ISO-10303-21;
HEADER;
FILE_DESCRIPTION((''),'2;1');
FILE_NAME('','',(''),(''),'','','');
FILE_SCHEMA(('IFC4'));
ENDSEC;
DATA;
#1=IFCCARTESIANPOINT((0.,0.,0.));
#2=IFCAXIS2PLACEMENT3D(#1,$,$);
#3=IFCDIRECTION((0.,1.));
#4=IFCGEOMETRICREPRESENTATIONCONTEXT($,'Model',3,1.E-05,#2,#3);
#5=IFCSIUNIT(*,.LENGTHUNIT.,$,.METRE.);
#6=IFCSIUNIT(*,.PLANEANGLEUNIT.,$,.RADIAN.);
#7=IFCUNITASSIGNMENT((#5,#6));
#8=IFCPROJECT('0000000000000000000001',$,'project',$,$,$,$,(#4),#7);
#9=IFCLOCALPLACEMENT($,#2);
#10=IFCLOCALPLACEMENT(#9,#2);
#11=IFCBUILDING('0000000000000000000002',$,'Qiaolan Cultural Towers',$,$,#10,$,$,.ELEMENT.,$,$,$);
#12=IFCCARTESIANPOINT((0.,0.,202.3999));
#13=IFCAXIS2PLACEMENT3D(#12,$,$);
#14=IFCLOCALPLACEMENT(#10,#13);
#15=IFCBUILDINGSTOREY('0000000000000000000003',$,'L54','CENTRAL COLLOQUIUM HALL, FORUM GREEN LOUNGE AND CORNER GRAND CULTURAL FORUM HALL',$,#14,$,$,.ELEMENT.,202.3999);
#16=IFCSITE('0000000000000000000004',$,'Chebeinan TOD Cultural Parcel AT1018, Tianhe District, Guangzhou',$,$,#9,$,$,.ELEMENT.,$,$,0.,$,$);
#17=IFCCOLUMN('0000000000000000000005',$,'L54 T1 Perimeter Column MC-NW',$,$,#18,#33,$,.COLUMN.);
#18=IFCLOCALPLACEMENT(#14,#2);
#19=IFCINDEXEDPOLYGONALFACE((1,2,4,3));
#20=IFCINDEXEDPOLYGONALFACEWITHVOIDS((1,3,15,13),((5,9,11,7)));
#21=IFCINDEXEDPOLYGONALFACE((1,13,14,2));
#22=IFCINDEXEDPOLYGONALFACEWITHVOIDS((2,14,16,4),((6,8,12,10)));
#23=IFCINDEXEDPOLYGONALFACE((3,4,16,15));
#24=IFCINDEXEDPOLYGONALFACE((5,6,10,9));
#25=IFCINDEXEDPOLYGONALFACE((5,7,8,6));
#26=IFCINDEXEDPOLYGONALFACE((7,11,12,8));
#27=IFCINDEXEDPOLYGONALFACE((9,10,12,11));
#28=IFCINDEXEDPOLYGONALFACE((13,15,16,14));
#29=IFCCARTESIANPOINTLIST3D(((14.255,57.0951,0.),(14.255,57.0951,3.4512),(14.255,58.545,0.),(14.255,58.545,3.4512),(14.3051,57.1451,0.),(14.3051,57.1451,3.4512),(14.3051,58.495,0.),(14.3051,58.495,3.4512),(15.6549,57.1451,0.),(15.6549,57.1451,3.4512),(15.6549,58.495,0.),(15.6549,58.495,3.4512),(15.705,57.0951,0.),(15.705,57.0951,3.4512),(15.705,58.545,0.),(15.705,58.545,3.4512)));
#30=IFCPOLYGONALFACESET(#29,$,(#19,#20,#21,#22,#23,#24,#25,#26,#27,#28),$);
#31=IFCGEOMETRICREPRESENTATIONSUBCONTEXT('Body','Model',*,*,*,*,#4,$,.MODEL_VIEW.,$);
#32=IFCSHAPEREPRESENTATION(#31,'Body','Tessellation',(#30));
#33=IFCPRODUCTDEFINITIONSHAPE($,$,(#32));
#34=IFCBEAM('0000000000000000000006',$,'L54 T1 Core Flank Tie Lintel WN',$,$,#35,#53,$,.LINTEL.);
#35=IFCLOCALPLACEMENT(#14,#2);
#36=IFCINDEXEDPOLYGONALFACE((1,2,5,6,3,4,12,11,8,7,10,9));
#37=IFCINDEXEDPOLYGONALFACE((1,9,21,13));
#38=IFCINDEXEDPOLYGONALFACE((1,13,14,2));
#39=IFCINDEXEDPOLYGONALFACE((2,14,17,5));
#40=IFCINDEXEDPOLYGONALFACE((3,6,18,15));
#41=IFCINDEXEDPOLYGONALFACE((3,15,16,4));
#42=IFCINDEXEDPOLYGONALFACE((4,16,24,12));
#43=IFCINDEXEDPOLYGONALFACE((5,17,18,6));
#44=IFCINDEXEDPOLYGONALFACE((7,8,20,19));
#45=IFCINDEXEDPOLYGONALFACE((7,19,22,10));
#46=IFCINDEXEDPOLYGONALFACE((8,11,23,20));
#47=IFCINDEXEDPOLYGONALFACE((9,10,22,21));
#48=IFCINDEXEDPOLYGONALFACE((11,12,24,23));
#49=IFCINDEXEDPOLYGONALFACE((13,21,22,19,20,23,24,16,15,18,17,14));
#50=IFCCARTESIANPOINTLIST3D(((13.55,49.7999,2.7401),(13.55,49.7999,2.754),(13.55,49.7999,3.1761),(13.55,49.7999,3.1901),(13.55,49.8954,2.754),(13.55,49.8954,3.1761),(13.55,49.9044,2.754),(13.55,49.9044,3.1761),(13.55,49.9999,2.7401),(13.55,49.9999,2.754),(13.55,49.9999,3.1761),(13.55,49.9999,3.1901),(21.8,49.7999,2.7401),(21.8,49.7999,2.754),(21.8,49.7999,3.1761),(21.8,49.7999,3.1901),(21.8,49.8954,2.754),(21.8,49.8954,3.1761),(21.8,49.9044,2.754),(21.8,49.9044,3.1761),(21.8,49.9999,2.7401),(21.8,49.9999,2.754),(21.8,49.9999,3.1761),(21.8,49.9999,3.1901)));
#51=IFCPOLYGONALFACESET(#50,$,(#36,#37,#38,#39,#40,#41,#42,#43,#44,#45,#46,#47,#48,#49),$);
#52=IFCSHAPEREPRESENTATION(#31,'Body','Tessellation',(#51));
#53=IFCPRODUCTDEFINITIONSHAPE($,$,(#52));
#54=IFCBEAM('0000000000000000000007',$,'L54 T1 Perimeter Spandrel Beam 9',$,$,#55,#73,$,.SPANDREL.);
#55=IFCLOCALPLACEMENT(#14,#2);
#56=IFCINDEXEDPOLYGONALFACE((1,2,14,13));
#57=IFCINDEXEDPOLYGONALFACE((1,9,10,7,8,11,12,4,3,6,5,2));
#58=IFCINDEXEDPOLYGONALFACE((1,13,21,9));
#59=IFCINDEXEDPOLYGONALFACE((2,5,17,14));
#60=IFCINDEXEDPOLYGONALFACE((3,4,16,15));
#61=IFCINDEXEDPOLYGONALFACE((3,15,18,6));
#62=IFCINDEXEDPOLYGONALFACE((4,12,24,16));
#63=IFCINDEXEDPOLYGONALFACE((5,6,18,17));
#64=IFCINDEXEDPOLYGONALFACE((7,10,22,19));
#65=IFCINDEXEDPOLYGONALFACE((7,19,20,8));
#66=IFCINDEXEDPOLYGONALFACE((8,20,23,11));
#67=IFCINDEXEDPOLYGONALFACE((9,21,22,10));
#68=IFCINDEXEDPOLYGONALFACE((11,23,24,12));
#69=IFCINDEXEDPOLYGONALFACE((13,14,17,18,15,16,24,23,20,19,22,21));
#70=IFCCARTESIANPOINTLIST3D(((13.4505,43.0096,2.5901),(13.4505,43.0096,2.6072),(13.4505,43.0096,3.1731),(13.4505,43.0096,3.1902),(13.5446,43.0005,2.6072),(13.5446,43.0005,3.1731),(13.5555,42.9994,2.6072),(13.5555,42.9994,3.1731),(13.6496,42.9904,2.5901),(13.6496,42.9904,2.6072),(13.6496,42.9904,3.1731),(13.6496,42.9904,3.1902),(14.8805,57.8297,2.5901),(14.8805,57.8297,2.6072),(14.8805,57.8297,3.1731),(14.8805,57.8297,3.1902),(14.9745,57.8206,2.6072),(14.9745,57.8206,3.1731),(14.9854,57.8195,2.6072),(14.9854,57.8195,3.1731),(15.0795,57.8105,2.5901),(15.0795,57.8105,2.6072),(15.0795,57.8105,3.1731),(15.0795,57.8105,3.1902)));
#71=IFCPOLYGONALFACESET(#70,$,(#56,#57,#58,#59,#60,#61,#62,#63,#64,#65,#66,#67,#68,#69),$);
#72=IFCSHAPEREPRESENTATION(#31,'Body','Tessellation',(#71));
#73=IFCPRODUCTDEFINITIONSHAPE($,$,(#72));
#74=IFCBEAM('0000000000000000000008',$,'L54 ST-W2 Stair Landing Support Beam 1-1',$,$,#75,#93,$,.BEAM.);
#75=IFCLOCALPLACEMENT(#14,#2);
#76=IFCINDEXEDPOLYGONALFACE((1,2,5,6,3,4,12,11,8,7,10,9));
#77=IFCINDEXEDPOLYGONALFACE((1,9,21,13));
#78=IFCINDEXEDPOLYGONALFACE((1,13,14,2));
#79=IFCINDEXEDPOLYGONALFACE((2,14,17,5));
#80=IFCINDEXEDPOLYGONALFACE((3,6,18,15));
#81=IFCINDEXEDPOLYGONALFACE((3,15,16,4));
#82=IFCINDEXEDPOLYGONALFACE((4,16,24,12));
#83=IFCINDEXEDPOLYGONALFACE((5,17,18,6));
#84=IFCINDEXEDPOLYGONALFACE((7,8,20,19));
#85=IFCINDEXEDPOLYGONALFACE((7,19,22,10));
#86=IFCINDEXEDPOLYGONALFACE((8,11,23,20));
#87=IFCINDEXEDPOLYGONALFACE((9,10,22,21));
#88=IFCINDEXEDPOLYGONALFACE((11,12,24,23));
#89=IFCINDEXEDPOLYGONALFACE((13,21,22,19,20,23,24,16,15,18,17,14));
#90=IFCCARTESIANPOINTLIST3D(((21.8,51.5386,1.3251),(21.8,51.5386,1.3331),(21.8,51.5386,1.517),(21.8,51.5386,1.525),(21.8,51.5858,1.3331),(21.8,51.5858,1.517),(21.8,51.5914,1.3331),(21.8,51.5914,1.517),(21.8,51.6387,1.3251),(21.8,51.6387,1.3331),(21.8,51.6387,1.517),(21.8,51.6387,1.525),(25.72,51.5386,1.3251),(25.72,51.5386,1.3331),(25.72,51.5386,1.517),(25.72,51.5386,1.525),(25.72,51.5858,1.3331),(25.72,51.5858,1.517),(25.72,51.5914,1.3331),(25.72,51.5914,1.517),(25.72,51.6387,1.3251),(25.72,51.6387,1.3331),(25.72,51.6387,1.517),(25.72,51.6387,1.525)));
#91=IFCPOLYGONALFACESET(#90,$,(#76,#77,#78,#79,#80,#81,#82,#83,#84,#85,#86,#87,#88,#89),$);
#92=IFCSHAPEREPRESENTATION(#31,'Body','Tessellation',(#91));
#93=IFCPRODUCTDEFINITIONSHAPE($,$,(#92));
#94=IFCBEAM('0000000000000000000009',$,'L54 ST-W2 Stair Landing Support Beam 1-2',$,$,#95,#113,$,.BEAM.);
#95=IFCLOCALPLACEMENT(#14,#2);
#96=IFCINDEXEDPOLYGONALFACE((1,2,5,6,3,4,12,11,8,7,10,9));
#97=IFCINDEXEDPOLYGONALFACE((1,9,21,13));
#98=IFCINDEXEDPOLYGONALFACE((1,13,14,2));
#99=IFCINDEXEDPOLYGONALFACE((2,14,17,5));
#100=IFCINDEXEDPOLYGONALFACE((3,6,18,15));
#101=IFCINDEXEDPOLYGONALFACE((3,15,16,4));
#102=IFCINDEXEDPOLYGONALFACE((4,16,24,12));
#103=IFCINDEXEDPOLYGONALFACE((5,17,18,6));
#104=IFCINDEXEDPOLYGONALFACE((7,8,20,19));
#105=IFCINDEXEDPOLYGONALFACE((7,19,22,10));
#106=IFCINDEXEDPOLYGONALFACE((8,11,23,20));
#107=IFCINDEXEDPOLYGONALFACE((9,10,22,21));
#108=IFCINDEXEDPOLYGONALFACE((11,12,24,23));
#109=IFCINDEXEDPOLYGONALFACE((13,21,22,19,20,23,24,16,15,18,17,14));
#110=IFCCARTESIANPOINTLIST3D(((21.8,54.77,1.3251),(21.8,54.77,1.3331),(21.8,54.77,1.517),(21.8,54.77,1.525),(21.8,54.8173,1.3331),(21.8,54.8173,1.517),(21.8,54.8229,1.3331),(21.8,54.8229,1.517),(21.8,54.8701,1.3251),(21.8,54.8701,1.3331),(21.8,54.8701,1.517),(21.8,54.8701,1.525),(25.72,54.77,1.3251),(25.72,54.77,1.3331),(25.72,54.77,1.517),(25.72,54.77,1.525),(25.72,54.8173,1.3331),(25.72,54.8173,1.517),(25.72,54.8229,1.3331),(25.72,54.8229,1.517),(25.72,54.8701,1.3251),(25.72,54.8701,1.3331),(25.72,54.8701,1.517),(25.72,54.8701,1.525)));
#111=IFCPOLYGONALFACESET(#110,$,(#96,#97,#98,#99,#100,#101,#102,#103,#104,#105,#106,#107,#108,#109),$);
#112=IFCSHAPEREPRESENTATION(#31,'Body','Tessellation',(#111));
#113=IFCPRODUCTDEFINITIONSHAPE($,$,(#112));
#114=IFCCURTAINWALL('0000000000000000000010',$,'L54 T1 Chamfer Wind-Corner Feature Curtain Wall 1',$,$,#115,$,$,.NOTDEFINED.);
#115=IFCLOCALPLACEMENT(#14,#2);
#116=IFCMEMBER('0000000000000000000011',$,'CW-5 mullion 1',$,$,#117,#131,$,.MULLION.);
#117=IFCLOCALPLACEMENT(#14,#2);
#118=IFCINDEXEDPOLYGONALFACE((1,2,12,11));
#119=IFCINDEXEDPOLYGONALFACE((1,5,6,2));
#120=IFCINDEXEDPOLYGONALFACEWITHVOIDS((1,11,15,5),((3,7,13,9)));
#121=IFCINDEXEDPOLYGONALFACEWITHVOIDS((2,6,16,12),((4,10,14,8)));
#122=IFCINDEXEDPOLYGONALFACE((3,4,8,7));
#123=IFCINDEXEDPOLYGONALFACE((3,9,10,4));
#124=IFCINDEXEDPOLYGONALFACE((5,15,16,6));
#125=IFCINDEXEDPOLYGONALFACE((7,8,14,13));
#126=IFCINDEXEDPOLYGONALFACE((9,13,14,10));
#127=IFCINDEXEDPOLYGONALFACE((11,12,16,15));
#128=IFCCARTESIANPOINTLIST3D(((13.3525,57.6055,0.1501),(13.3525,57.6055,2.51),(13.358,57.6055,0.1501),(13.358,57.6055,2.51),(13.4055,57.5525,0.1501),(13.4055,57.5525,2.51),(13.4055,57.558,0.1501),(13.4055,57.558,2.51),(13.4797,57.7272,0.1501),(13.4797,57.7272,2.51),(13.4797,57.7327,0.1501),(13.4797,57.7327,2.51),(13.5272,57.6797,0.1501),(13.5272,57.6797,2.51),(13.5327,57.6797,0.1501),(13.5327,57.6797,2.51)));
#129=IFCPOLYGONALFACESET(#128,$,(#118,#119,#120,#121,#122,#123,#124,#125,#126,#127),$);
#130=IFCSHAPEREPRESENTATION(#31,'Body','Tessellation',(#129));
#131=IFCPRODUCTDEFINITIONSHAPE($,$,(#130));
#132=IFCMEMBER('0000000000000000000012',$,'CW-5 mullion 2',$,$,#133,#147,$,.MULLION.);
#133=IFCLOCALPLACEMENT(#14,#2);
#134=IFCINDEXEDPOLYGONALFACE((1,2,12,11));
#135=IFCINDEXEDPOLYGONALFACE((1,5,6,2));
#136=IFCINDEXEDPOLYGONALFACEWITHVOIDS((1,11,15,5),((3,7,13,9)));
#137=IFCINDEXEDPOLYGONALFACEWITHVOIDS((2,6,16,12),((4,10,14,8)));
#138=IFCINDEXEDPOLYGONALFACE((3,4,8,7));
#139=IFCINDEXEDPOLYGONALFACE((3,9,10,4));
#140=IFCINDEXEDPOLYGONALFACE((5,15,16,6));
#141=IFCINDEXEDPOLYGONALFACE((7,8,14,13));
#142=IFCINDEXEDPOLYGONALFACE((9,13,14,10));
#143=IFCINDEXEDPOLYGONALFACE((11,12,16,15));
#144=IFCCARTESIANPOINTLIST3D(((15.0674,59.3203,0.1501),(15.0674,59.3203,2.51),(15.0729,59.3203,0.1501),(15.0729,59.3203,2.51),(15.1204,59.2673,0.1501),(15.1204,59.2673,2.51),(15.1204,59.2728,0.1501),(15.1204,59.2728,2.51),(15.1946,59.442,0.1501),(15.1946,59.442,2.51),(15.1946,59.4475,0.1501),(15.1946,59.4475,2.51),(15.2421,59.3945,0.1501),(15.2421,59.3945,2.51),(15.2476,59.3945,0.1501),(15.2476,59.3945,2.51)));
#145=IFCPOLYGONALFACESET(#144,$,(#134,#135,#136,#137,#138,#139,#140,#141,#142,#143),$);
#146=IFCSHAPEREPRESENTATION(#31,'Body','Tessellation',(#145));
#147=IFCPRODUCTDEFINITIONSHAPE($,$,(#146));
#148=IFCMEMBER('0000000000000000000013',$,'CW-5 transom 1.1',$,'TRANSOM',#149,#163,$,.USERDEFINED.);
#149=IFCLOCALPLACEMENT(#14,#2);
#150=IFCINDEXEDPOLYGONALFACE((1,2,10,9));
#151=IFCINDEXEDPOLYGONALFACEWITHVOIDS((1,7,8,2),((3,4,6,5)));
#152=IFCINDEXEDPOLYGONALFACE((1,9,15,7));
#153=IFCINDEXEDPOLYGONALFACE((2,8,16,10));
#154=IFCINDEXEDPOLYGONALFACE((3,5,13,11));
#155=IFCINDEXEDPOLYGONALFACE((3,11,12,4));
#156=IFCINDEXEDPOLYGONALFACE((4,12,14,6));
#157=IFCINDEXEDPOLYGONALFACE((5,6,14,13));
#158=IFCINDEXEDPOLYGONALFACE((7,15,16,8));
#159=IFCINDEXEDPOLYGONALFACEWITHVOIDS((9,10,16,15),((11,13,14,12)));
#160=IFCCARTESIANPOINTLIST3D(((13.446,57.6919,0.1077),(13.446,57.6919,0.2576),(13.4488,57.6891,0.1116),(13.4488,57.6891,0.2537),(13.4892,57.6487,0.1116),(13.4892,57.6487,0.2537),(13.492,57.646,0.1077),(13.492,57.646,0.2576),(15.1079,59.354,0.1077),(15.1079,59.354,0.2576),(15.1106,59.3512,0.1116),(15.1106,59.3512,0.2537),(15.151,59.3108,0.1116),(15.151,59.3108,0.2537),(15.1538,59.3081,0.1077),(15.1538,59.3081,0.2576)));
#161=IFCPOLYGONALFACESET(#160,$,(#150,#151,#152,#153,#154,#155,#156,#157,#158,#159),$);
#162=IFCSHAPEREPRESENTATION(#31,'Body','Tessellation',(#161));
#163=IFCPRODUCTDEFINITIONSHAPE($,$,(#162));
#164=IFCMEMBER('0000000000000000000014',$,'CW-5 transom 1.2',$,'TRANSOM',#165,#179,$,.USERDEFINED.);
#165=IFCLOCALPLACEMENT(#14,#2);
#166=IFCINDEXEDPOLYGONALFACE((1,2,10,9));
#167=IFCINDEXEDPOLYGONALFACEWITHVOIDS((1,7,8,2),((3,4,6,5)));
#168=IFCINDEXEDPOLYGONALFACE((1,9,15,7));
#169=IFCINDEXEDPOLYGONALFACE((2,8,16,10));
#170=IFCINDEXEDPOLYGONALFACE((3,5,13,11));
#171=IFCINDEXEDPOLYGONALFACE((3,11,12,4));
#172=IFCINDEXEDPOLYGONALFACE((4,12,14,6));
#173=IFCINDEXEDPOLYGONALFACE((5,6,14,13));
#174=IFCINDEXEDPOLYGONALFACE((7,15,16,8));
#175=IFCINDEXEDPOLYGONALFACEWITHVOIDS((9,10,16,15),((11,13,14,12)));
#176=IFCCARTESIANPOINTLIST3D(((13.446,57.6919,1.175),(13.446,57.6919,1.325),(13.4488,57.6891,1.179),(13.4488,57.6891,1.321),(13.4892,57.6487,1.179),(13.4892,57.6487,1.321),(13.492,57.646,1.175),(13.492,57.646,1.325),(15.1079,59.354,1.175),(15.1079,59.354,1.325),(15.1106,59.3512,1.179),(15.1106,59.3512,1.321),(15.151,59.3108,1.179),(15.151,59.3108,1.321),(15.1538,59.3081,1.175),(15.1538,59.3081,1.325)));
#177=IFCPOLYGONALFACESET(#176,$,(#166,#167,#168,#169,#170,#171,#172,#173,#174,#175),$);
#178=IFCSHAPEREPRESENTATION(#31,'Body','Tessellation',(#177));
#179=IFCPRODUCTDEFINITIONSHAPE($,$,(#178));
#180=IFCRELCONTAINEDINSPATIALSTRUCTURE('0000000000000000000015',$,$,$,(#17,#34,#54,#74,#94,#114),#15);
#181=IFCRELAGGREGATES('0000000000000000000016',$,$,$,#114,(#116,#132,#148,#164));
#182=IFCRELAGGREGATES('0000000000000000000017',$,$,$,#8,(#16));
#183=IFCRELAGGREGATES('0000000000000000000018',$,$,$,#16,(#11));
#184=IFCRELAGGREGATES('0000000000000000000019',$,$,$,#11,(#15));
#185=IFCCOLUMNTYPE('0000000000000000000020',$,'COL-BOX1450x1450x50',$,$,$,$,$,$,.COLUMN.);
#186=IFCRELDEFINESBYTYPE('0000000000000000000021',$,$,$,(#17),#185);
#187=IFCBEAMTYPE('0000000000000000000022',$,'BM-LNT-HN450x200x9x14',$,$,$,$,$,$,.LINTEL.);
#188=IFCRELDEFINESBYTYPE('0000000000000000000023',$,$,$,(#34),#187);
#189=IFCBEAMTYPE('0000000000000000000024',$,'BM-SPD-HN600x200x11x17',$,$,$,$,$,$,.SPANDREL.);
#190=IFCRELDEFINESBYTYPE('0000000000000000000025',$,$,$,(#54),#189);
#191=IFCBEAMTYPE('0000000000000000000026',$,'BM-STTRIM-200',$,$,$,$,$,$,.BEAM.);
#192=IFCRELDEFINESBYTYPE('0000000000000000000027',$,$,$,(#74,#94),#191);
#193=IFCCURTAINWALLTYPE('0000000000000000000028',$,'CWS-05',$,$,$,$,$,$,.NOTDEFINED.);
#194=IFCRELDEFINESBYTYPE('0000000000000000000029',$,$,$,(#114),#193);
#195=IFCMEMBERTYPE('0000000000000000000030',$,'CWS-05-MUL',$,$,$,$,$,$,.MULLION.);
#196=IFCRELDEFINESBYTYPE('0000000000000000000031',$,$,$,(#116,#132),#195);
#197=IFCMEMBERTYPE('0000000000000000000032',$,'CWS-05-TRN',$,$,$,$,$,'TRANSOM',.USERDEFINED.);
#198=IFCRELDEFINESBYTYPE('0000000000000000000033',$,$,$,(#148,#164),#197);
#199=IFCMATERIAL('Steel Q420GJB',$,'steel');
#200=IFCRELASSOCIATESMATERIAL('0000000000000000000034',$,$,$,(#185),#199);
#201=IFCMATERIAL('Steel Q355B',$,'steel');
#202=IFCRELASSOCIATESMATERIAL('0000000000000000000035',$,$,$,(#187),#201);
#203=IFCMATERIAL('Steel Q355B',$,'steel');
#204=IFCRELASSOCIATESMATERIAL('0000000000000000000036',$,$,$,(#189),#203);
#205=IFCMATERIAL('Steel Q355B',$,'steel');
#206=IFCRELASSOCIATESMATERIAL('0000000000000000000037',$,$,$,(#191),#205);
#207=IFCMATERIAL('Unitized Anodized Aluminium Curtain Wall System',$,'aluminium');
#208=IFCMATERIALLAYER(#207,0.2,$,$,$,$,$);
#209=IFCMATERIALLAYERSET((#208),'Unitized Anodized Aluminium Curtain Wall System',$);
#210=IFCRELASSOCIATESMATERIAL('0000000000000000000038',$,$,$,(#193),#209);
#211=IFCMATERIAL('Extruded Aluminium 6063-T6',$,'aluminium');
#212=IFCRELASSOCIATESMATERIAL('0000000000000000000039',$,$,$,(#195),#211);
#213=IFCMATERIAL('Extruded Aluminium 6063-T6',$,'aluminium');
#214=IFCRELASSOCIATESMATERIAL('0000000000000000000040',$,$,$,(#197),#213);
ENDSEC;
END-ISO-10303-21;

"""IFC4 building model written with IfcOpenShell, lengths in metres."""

from ifc_helpers import new_model, si_unit, direction, frame, origin, origin_2d, place, context, subcontext, project, spatial, hollow_rectangle, i_section, extrude, material, layer, layer_set, material_profile, profile_set, type_object, element, aggregate, save


model = new_model("IFC4")

# Units and contexts
model_context = context("Model", 3, precision=1e-05, world=origin(), true_north=direction((0.0, 1.0)))
body_context = subcontext(model_context, "Body", "Model", "MODEL_VIEW")
ifc_project = project(units=[si_unit("LENGTHUNIT", "METRE"), si_unit("PLANEANGLEUNIT", "RADIAN")], contexts=[model_context])

# Site, building, storey
site_placement = place(None, origin())
site = spatial("IfcSite", under=ifc_project, at=site_placement, Name="Chebeinan TOD Cultural Parcel AT1018, Tianhe District, Guangzhou", CompositionType="ELEMENT", RefElevation=0.0)
building_placement = place(site_placement, origin())
building = spatial("IfcBuilding", under=site, at=building_placement, Name="Qiaolan Cultural Towers", CompositionType="ELEMENT")
storey_placement = place(building_placement, frame((0.0, 0.0, 202.3999)))
storey = spatial("IfcBuildingStorey", under=building, at=storey_placement, Name="L54", Description="CENTRAL COLLOQUIUM HALL, FORUM GREEN LOUNGE AND CORNER GRAND CULTURAL FORUM HALL", CompositionType="ELEMENT", Elevation=202.3999)

# Column
ifc_material_1 = material(Name="Steel Q420GJB", Category="steel")
ifc_material_profile_1 = material_profile(ifc_material_1, hollow_rectangle(XDim=1.45, YDim=1.45, WallThickness=0.05, at=origin_2d()), Name="BOX1450x1450x50")
ifc_profile_set_1 = profile_set([ifc_material_profile_1], Name="Steel Q420GJB")
column_type = type_object("IfcColumnType", Name="COL-BOX1450x1450x50", PredefinedType="COLUMN", material=ifc_profile_set_1)
column_placement = place(storey_placement, frame((14.98, 57.8201, 0.0), z_axis=(0.0, 0.0, 1.0), x_axis=(1.0, 0.0, 0.0)))
element("IfcColumn", 1, at=column_placement, inside=storey, type_object=column_type, Name="L54 T1 Perimeter Column MC-NW", PredefinedType="COLUMN", context=body_context, shape_type="SweptSolid", body=[
    extrude(hollow_rectangle(XDim=1.45, YDim=1.45, WallThickness=0.05, at=origin_2d()), origin(), (0.0, 0.0, 1.0), 3.4512),
])

# Beams
ifc_material_2 = material(Name="Steel Q355B", Category="steel")
ifc_material_profile_2 = material_profile(ifc_material_2, i_section(OverallWidth=0.2, OverallDepth=0.45, WebThickness=0.009, FlangeThickness=0.0139, at=origin_2d()), Name="HN450x200x9x14")
ifc_profile_set_2 = profile_set([ifc_material_profile_2], Name="Steel Q355B")
beam_type_1 = type_object("IfcBeamType", Name="BM-LNT-HN450x200x9x14", PredefinedType="LINTEL", material=ifc_profile_set_2)
beam_1_placement = place(storey_placement, frame((21.8, 49.8999, 2.9651), z_axis=(-1.0, 0.0, 0.0), x_axis=(0.0, -1.0, 0.0)))
element("IfcBeam", 2, at=beam_1_placement, inside=storey, type_object=beam_type_1, Name="L54 T1 Core Flank Tie Lintel WN", PredefinedType="LINTEL", context=body_context, shape_type="SweptSolid", body=[
    extrude(i_section(OverallWidth=0.2, OverallDepth=0.45, WebThickness=0.009, FlangeThickness=0.0139, at=origin_2d()), origin(), (0.0, 0.0, 1.0), 8.25),
])
ifc_material_3 = material(Name="Steel Q355B", Category="steel")
ifc_material_profile_3 = material_profile(ifc_material_3, i_section(OverallWidth=0.2, OverallDepth=0.6001, WebThickness=0.011, FlangeThickness=0.0171, at=origin_2d()), Name="HN600x200x11x17")
ifc_profile_set_3 = profile_set([ifc_material_profile_3], Name="Steel Q355B")
beam_type_2 = type_object("IfcBeamType", Name="BM-SPD-HN600x200x11x17", PredefinedType="SPANDREL", material=ifc_profile_set_3)
beam_2_placement = place(storey_placement, frame((14.98, 57.8201, 2.8901), z_axis=(-0.09604, -0.995377, 0.0), x_axis=(0.995377, -0.09604, 0.0)))
element("IfcBeam", 3, at=beam_2_placement, inside=storey, type_object=beam_type_2, Name="L54 T1 Perimeter Spandrel Beam 9", PredefinedType="SPANDREL", context=body_context, shape_type="SweptSolid", body=[
    extrude(i_section(OverallWidth=0.2, OverallDepth=0.6001, WebThickness=0.011, FlangeThickness=0.0171, at=origin_2d()), origin(), (0.0, 0.0, 1.0), 14.8889),
])
ifc_material_4 = material(Name="Steel Q355B", Category="steel")
ifc_material_profile_4 = material_profile(ifc_material_4, i_section(OverallWidth=0.1001, OverallDepth=0.2, WebThickness=0.0056, FlangeThickness=0.0081, at=origin_2d()), Name="HN200x100x5.5x8")
ifc_profile_set_4 = profile_set([ifc_material_profile_4], Name="Steel Q355B")
beam_type_3 = type_object("IfcBeamType", Name="BM-STTRIM-200", PredefinedType="BEAM", material=ifc_profile_set_4)
for number, where, z_axis, x_axis, name in (
    (4, (21.8, 51.5886, 1.425), (1.0, 0.0, 0.0), (0.0, 1.0, 0.0), "L54 ST-W2 Stair Landing Support Beam 1-1"),
    (5, (21.8, 54.8201, 1.425), (1.0, 0.0, 0.0), (0.0, 1.0, 0.0), "L54 ST-W2 Stair Landing Support Beam 1-2"),
):
    element("IfcBeam", number, at=place(storey_placement, frame(where, z_axis=z_axis, x_axis=x_axis)), inside=storey, type_object=beam_type_3, Name=name, PredefinedType="BEAM", context=body_context, shape_type="SweptSolid", body=[
        extrude(i_section(OverallWidth=0.1001, OverallDepth=0.2, WebThickness=0.0056, FlangeThickness=0.0081, at=origin_2d()), origin(), (0.0, 0.0, 1.0), 3.9199),
    ])

# Curtain wall, members
ifc_material_5 = material(Name="Unitized Anodized Aluminium Curtain Wall System", Category="aluminium")
ifc_layer_1 = layer(ifc_material_5, 0.2)
ifc_layer_set_1 = layer_set([ifc_layer_1], Name="Unitized Anodized Aluminium Curtain Wall System")
curtain_wall_type = type_object("IfcCurtainWallType", Name="CWS-05", PredefinedType="NOTDEFINED", material=ifc_layer_set_1)
curtain_wall_placement = place(storey_placement, origin())
curtain_wall = element("IfcCurtainWall", 6, at=curtain_wall_placement, inside=storey, type_object=curtain_wall_type, Name="L54 T1 Chamfer Wind-Corner Feature Curtain Wall 1", PredefinedType="NOTDEFINED")
ifc_material_6 = material(Name="Extruded Aluminium 6063-T6", Category="aluminium")
ifc_material_profile_5 = material_profile(ifc_material_6, hollow_rectangle(XDim=0.075, YDim=0.1799, WallThickness=0.0039, at=origin_2d()), Name="CWM-180x75x4")
ifc_profile_set_5 = profile_set([ifc_material_profile_5], Name="Extruded Aluminium 6063-T6")
member_type_1 = type_object("IfcMemberType", Name="CWS-05-MUL", PredefinedType="MULLION", material=ifc_profile_set_5)
member_1_placement = place(storey_placement, frame((13.4426, 57.6426, 0.1501), z_axis=(0.0, 0.0, 1.0), x_axis=(-0.707107, 0.707107, 0.0)))
member_1 = element("IfcMember", 7, at=member_1_placement, type_object=member_type_1, Name="CW-5 mullion 1", PredefinedType="MULLION", context=body_context, shape_type="SweptSolid", body=[
    extrude(hollow_rectangle(XDim=0.075, YDim=0.1799, WallThickness=0.0039, at=origin_2d()), origin(), (0.0, 0.0, 1.0), 2.3599),
])
member_2_placement = place(storey_placement, frame((15.1575, 59.3574, 0.1501), z_axis=(0.0, 0.0, 1.0), x_axis=(-0.707107, 0.707107, 0.0)))
member_2 = element("IfcMember", 8, at=member_2_placement, type_object=member_type_1, Name="CW-5 mullion 2", PredefinedType="MULLION", context=body_context, shape_type="SweptSolid", body=[
    extrude(hollow_rectangle(XDim=0.075, YDim=0.1799, WallThickness=0.0039, at=origin_2d()), origin(), (0.0, 0.0, 1.0), 2.3599),
])
ifc_material_7 = material(Name="Extruded Aluminium 6063-T6", Category="aluminium")
ifc_material_profile_6 = material_profile(ifc_material_7, hollow_rectangle(XDim=0.0649, YDim=0.1499, WallThickness=0.0039, at=origin_2d()), Name="CWT-150x65x4")
ifc_profile_set_6 = profile_set([ifc_material_profile_6], Name="Extruded Aluminium 6063-T6")
member_type_2 = type_object("IfcMemberType", Name="CWS-05-TRN", ElementType="TRANSOM", PredefinedType="USERDEFINED", material=ifc_profile_set_6)
member_3_placement = place(storey_placement, frame((13.469, 57.6689, 0.1826), z_axis=(0.707055, 0.707159, 0.0), x_axis=(-0.707159, 0.707055, 0.0)))
member_3 = element("IfcMember", 9, at=member_3_placement, type_object=member_type_2, Name="CW-5 transom 1.1", ObjectType="TRANSOM", PredefinedType="USERDEFINED", context=body_context, shape_type="SweptSolid", body=[
    extrude(hollow_rectangle(XDim=0.0649, YDim=0.1499, WallThickness=0.0039, at=origin_2d()), origin(), (0.0, 0.0, 1.0), 2.3503),
])
member_4_placement = place(storey_placement, frame((13.469, 57.6689, 1.25), z_axis=(0.707055, 0.707159, 0.0), x_axis=(-0.707159, 0.707055, 0.0)))
member_4 = element("IfcMember", 10, at=member_4_placement, type_object=member_type_2, Name="CW-5 transom 1.2", ObjectType="TRANSOM", PredefinedType="USERDEFINED", context=body_context, shape_type="SweptSolid", body=[
    extrude(hollow_rectangle(XDim=0.0649, YDim=0.1499, WallThickness=0.0039, at=origin_2d()), origin(), (0.0, 0.0, 1.0), 2.3503),
])

aggregate(curtain_wall, [member_1, member_2, member_3, member_4])

save(model, "model.ifc")
